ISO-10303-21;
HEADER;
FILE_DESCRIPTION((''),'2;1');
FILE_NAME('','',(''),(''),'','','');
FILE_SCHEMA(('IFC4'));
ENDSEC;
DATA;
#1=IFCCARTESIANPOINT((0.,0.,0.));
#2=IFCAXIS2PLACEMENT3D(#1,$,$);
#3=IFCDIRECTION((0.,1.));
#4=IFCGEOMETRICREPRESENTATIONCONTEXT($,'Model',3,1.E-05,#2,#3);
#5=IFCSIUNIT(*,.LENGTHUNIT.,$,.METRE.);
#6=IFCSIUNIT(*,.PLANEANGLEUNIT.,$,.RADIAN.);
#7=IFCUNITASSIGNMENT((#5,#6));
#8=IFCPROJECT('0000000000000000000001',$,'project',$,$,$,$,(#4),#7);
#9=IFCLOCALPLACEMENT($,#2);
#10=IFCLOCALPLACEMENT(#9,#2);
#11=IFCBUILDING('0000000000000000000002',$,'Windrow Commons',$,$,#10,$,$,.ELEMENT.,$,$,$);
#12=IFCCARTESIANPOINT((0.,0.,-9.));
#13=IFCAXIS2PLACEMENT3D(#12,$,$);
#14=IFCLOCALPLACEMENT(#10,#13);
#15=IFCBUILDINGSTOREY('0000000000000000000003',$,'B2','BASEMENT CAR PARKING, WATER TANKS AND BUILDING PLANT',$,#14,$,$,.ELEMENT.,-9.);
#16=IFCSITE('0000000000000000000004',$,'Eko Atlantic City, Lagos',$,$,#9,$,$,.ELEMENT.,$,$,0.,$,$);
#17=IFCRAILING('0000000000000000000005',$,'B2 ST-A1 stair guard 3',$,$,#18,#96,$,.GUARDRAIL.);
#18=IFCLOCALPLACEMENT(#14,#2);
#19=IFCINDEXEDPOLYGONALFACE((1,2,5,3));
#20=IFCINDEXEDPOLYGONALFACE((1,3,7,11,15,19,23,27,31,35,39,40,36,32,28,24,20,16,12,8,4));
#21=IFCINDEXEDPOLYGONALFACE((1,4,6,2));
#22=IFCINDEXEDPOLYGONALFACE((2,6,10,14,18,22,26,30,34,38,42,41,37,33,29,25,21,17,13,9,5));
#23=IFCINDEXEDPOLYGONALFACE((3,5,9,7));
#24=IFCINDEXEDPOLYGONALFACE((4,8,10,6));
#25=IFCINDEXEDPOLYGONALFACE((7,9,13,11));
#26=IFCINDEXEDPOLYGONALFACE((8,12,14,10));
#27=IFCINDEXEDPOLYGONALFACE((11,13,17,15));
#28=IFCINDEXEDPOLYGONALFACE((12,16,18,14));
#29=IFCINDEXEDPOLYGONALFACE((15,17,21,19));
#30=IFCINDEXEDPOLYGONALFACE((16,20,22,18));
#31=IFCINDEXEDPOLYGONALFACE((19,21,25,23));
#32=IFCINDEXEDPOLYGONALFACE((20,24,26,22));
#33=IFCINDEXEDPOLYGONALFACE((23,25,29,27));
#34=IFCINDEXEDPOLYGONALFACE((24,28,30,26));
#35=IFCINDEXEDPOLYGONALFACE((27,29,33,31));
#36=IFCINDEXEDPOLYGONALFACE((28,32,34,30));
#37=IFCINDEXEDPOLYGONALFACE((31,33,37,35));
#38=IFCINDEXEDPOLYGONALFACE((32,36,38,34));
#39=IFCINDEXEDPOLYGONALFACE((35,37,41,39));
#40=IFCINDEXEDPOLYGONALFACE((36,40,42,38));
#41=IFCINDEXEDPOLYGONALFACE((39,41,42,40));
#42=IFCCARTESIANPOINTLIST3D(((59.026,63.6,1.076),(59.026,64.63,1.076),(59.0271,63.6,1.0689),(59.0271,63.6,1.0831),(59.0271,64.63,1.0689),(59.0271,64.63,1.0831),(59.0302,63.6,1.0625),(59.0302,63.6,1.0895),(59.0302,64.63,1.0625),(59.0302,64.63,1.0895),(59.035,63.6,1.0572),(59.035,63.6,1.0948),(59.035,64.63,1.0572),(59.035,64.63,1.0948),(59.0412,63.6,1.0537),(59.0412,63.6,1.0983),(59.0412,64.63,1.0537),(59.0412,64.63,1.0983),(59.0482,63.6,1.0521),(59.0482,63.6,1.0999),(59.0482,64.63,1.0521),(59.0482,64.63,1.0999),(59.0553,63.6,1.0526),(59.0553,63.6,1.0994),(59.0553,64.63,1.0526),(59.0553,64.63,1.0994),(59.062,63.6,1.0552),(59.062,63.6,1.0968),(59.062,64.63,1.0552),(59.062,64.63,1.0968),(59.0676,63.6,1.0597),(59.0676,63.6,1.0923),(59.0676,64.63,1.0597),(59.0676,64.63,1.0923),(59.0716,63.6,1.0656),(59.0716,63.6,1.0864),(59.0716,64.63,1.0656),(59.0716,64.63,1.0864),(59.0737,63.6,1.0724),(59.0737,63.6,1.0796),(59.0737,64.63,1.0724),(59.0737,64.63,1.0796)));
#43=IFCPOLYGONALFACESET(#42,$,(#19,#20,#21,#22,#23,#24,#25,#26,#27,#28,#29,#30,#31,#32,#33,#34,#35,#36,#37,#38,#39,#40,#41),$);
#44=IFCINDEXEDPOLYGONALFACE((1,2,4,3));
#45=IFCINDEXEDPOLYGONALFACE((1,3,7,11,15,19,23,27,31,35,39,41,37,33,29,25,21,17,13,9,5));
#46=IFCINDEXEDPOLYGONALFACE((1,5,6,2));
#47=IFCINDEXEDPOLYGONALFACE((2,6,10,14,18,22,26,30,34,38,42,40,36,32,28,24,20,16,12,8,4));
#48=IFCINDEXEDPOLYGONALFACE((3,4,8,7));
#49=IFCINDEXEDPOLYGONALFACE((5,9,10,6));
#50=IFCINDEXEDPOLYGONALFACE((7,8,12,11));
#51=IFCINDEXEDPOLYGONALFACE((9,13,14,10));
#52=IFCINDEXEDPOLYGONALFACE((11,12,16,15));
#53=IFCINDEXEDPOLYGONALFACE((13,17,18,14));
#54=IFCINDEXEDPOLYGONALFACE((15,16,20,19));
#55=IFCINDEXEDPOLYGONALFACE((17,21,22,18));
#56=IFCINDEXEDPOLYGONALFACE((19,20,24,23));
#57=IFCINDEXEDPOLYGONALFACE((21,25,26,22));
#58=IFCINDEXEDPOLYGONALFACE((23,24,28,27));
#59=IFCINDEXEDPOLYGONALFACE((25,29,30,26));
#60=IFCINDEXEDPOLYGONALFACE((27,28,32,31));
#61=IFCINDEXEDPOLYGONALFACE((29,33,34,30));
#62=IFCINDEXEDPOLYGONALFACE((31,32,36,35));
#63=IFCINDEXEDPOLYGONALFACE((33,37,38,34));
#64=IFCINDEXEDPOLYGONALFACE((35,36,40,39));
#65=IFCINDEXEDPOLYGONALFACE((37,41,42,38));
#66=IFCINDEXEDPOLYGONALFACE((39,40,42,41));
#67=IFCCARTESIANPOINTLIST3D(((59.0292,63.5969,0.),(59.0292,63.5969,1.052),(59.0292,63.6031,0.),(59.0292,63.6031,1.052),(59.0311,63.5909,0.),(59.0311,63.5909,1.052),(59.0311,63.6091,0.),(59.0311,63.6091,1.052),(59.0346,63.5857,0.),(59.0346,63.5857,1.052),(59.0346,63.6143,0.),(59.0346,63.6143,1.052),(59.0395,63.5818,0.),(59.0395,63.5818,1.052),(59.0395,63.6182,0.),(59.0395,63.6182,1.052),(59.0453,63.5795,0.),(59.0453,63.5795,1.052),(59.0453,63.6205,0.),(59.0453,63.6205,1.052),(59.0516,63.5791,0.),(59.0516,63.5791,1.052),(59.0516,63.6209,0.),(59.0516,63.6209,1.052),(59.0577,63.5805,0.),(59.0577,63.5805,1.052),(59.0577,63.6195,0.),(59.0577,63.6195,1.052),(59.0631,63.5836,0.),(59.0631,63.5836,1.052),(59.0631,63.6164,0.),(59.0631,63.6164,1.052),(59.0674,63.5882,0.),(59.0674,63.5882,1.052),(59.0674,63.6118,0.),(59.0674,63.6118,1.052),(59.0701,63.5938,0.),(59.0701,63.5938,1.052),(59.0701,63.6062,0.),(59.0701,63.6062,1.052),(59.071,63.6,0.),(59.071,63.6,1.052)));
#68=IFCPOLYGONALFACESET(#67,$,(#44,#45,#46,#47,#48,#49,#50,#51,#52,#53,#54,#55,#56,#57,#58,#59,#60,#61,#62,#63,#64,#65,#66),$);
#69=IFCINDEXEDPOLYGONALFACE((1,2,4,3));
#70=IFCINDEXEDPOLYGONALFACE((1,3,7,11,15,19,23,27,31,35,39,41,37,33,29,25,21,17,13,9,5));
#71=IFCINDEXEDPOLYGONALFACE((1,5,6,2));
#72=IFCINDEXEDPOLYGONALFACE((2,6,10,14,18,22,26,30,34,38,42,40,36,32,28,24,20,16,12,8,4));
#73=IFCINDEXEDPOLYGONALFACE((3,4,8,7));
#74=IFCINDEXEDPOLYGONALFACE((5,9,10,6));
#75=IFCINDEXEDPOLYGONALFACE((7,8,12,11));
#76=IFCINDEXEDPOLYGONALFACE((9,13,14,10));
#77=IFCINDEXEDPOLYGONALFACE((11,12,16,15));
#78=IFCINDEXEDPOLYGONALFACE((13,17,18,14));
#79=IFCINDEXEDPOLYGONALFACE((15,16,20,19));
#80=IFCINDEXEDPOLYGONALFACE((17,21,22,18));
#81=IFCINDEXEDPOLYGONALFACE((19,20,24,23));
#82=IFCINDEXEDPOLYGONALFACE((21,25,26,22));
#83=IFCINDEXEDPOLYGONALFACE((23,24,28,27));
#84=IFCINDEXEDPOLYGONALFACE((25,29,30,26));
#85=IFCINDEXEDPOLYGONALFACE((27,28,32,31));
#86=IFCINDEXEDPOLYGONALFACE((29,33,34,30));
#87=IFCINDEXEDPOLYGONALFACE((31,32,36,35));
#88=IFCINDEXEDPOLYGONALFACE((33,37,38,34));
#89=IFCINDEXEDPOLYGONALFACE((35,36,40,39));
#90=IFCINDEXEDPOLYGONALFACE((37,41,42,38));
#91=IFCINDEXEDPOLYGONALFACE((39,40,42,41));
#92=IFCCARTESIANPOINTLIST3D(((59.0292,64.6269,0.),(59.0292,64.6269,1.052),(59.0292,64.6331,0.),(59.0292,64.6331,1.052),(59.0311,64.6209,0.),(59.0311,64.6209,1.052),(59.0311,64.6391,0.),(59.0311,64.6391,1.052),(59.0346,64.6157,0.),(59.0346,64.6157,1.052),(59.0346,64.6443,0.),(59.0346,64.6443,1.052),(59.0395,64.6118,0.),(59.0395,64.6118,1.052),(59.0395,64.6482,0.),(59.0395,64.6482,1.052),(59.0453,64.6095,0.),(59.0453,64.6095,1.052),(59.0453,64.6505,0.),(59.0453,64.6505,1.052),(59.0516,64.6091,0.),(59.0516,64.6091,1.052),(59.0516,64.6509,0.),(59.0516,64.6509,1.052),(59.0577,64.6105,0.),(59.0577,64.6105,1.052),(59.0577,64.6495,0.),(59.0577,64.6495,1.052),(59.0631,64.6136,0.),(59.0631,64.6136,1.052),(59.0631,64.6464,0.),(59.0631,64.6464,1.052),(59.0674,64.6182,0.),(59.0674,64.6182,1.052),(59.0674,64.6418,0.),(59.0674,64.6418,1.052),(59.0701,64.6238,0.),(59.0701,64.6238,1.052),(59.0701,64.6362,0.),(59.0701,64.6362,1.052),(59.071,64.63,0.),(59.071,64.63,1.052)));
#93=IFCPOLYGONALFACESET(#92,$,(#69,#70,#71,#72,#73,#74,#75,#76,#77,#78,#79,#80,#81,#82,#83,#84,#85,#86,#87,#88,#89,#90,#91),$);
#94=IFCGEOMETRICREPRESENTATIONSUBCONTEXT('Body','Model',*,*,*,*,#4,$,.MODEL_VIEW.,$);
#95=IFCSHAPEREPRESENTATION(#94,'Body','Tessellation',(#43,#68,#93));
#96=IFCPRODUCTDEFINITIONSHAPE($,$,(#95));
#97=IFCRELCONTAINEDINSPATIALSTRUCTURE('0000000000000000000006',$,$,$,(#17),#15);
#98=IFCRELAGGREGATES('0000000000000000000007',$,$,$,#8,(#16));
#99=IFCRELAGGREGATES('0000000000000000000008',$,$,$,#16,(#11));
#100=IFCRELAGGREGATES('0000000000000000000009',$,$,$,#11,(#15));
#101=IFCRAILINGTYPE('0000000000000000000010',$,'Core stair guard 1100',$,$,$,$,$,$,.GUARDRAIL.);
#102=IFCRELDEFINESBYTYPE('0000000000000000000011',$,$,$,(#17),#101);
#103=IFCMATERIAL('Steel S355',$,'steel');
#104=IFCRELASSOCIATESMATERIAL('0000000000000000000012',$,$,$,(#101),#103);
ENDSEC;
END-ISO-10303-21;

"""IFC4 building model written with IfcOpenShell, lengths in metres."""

from ifc_helpers import new_model, si_unit, direction, frame, origin, origin_2d, place, context, subcontext, project, spatial, circle, extrude, material, type_object, element, save


model = new_model("IFC4")

# Units and contexts
model_context = context("Model", 3, precision=1e-05, world=origin(), true_north=direction((0.0, 1.0)))
body_context = subcontext(model_context, "Body", "Model", "MODEL_VIEW")
ifc_project = project(units=[si_unit("LENGTHUNIT", "METRE"), si_unit("PLANEANGLEUNIT", "RADIAN")], contexts=[model_context])

# Site, building, storey
site_placement = place(None, origin())
site = spatial("IfcSite", under=ifc_project, at=site_placement, Name="Eko Atlantic City, Lagos", CompositionType="ELEMENT", RefElevation=0.0)
building_placement = place(site_placement, origin())
building = spatial("IfcBuilding", under=site, at=building_placement, Name="Windrow Commons", CompositionType="ELEMENT")
storey_placement = place(building_placement, frame((0.0, 0.0, -9.0)))
storey = spatial("IfcBuildingStorey", under=building, at=storey_placement, Name="B2", Description="BASEMENT CAR PARKING, WATER TANKS AND BUILDING PLANT", CompositionType="ELEMENT", Elevation=-9.0)

# Railing
ifc_material_1 = material(Name="Steel S355", Category="steel")
railing_type_1 = type_object("IfcRailingType", Name="Core stair guard 1100", PredefinedType="GUARDRAIL", material=ifc_material_1)
railing_1_placement = place(storey_placement, frame((59.05, 63.6, 0.0)))
element("IfcRailing", 1, at=railing_1_placement, inside=storey, type_object=railing_type_1, Name="B2 ST-A1 stair guard 3", PredefinedType="GUARDRAIL", context=body_context, shape_type="SweptSolid", body=[
    extrude(circle(Radius=0.024, at=origin_2d()), frame((0.0, 0.0, 1.076), z_axis=(0.0, 1.0, 0.0), x_axis=(-1.0, 0.0, 0.0)), (0.0, 0.0, 1.0), 1.03),
    extrude(circle(Radius=0.021, at=origin_2d()), origin(), (0.0, 0.0, 1.0), 1.052),
    extrude(circle(Radius=0.021, at=origin_2d()), frame((0.0, 1.03, 0.0)), (0.0, 0.0, 1.0), 1.052),
])

save(model, "model.ifc")
